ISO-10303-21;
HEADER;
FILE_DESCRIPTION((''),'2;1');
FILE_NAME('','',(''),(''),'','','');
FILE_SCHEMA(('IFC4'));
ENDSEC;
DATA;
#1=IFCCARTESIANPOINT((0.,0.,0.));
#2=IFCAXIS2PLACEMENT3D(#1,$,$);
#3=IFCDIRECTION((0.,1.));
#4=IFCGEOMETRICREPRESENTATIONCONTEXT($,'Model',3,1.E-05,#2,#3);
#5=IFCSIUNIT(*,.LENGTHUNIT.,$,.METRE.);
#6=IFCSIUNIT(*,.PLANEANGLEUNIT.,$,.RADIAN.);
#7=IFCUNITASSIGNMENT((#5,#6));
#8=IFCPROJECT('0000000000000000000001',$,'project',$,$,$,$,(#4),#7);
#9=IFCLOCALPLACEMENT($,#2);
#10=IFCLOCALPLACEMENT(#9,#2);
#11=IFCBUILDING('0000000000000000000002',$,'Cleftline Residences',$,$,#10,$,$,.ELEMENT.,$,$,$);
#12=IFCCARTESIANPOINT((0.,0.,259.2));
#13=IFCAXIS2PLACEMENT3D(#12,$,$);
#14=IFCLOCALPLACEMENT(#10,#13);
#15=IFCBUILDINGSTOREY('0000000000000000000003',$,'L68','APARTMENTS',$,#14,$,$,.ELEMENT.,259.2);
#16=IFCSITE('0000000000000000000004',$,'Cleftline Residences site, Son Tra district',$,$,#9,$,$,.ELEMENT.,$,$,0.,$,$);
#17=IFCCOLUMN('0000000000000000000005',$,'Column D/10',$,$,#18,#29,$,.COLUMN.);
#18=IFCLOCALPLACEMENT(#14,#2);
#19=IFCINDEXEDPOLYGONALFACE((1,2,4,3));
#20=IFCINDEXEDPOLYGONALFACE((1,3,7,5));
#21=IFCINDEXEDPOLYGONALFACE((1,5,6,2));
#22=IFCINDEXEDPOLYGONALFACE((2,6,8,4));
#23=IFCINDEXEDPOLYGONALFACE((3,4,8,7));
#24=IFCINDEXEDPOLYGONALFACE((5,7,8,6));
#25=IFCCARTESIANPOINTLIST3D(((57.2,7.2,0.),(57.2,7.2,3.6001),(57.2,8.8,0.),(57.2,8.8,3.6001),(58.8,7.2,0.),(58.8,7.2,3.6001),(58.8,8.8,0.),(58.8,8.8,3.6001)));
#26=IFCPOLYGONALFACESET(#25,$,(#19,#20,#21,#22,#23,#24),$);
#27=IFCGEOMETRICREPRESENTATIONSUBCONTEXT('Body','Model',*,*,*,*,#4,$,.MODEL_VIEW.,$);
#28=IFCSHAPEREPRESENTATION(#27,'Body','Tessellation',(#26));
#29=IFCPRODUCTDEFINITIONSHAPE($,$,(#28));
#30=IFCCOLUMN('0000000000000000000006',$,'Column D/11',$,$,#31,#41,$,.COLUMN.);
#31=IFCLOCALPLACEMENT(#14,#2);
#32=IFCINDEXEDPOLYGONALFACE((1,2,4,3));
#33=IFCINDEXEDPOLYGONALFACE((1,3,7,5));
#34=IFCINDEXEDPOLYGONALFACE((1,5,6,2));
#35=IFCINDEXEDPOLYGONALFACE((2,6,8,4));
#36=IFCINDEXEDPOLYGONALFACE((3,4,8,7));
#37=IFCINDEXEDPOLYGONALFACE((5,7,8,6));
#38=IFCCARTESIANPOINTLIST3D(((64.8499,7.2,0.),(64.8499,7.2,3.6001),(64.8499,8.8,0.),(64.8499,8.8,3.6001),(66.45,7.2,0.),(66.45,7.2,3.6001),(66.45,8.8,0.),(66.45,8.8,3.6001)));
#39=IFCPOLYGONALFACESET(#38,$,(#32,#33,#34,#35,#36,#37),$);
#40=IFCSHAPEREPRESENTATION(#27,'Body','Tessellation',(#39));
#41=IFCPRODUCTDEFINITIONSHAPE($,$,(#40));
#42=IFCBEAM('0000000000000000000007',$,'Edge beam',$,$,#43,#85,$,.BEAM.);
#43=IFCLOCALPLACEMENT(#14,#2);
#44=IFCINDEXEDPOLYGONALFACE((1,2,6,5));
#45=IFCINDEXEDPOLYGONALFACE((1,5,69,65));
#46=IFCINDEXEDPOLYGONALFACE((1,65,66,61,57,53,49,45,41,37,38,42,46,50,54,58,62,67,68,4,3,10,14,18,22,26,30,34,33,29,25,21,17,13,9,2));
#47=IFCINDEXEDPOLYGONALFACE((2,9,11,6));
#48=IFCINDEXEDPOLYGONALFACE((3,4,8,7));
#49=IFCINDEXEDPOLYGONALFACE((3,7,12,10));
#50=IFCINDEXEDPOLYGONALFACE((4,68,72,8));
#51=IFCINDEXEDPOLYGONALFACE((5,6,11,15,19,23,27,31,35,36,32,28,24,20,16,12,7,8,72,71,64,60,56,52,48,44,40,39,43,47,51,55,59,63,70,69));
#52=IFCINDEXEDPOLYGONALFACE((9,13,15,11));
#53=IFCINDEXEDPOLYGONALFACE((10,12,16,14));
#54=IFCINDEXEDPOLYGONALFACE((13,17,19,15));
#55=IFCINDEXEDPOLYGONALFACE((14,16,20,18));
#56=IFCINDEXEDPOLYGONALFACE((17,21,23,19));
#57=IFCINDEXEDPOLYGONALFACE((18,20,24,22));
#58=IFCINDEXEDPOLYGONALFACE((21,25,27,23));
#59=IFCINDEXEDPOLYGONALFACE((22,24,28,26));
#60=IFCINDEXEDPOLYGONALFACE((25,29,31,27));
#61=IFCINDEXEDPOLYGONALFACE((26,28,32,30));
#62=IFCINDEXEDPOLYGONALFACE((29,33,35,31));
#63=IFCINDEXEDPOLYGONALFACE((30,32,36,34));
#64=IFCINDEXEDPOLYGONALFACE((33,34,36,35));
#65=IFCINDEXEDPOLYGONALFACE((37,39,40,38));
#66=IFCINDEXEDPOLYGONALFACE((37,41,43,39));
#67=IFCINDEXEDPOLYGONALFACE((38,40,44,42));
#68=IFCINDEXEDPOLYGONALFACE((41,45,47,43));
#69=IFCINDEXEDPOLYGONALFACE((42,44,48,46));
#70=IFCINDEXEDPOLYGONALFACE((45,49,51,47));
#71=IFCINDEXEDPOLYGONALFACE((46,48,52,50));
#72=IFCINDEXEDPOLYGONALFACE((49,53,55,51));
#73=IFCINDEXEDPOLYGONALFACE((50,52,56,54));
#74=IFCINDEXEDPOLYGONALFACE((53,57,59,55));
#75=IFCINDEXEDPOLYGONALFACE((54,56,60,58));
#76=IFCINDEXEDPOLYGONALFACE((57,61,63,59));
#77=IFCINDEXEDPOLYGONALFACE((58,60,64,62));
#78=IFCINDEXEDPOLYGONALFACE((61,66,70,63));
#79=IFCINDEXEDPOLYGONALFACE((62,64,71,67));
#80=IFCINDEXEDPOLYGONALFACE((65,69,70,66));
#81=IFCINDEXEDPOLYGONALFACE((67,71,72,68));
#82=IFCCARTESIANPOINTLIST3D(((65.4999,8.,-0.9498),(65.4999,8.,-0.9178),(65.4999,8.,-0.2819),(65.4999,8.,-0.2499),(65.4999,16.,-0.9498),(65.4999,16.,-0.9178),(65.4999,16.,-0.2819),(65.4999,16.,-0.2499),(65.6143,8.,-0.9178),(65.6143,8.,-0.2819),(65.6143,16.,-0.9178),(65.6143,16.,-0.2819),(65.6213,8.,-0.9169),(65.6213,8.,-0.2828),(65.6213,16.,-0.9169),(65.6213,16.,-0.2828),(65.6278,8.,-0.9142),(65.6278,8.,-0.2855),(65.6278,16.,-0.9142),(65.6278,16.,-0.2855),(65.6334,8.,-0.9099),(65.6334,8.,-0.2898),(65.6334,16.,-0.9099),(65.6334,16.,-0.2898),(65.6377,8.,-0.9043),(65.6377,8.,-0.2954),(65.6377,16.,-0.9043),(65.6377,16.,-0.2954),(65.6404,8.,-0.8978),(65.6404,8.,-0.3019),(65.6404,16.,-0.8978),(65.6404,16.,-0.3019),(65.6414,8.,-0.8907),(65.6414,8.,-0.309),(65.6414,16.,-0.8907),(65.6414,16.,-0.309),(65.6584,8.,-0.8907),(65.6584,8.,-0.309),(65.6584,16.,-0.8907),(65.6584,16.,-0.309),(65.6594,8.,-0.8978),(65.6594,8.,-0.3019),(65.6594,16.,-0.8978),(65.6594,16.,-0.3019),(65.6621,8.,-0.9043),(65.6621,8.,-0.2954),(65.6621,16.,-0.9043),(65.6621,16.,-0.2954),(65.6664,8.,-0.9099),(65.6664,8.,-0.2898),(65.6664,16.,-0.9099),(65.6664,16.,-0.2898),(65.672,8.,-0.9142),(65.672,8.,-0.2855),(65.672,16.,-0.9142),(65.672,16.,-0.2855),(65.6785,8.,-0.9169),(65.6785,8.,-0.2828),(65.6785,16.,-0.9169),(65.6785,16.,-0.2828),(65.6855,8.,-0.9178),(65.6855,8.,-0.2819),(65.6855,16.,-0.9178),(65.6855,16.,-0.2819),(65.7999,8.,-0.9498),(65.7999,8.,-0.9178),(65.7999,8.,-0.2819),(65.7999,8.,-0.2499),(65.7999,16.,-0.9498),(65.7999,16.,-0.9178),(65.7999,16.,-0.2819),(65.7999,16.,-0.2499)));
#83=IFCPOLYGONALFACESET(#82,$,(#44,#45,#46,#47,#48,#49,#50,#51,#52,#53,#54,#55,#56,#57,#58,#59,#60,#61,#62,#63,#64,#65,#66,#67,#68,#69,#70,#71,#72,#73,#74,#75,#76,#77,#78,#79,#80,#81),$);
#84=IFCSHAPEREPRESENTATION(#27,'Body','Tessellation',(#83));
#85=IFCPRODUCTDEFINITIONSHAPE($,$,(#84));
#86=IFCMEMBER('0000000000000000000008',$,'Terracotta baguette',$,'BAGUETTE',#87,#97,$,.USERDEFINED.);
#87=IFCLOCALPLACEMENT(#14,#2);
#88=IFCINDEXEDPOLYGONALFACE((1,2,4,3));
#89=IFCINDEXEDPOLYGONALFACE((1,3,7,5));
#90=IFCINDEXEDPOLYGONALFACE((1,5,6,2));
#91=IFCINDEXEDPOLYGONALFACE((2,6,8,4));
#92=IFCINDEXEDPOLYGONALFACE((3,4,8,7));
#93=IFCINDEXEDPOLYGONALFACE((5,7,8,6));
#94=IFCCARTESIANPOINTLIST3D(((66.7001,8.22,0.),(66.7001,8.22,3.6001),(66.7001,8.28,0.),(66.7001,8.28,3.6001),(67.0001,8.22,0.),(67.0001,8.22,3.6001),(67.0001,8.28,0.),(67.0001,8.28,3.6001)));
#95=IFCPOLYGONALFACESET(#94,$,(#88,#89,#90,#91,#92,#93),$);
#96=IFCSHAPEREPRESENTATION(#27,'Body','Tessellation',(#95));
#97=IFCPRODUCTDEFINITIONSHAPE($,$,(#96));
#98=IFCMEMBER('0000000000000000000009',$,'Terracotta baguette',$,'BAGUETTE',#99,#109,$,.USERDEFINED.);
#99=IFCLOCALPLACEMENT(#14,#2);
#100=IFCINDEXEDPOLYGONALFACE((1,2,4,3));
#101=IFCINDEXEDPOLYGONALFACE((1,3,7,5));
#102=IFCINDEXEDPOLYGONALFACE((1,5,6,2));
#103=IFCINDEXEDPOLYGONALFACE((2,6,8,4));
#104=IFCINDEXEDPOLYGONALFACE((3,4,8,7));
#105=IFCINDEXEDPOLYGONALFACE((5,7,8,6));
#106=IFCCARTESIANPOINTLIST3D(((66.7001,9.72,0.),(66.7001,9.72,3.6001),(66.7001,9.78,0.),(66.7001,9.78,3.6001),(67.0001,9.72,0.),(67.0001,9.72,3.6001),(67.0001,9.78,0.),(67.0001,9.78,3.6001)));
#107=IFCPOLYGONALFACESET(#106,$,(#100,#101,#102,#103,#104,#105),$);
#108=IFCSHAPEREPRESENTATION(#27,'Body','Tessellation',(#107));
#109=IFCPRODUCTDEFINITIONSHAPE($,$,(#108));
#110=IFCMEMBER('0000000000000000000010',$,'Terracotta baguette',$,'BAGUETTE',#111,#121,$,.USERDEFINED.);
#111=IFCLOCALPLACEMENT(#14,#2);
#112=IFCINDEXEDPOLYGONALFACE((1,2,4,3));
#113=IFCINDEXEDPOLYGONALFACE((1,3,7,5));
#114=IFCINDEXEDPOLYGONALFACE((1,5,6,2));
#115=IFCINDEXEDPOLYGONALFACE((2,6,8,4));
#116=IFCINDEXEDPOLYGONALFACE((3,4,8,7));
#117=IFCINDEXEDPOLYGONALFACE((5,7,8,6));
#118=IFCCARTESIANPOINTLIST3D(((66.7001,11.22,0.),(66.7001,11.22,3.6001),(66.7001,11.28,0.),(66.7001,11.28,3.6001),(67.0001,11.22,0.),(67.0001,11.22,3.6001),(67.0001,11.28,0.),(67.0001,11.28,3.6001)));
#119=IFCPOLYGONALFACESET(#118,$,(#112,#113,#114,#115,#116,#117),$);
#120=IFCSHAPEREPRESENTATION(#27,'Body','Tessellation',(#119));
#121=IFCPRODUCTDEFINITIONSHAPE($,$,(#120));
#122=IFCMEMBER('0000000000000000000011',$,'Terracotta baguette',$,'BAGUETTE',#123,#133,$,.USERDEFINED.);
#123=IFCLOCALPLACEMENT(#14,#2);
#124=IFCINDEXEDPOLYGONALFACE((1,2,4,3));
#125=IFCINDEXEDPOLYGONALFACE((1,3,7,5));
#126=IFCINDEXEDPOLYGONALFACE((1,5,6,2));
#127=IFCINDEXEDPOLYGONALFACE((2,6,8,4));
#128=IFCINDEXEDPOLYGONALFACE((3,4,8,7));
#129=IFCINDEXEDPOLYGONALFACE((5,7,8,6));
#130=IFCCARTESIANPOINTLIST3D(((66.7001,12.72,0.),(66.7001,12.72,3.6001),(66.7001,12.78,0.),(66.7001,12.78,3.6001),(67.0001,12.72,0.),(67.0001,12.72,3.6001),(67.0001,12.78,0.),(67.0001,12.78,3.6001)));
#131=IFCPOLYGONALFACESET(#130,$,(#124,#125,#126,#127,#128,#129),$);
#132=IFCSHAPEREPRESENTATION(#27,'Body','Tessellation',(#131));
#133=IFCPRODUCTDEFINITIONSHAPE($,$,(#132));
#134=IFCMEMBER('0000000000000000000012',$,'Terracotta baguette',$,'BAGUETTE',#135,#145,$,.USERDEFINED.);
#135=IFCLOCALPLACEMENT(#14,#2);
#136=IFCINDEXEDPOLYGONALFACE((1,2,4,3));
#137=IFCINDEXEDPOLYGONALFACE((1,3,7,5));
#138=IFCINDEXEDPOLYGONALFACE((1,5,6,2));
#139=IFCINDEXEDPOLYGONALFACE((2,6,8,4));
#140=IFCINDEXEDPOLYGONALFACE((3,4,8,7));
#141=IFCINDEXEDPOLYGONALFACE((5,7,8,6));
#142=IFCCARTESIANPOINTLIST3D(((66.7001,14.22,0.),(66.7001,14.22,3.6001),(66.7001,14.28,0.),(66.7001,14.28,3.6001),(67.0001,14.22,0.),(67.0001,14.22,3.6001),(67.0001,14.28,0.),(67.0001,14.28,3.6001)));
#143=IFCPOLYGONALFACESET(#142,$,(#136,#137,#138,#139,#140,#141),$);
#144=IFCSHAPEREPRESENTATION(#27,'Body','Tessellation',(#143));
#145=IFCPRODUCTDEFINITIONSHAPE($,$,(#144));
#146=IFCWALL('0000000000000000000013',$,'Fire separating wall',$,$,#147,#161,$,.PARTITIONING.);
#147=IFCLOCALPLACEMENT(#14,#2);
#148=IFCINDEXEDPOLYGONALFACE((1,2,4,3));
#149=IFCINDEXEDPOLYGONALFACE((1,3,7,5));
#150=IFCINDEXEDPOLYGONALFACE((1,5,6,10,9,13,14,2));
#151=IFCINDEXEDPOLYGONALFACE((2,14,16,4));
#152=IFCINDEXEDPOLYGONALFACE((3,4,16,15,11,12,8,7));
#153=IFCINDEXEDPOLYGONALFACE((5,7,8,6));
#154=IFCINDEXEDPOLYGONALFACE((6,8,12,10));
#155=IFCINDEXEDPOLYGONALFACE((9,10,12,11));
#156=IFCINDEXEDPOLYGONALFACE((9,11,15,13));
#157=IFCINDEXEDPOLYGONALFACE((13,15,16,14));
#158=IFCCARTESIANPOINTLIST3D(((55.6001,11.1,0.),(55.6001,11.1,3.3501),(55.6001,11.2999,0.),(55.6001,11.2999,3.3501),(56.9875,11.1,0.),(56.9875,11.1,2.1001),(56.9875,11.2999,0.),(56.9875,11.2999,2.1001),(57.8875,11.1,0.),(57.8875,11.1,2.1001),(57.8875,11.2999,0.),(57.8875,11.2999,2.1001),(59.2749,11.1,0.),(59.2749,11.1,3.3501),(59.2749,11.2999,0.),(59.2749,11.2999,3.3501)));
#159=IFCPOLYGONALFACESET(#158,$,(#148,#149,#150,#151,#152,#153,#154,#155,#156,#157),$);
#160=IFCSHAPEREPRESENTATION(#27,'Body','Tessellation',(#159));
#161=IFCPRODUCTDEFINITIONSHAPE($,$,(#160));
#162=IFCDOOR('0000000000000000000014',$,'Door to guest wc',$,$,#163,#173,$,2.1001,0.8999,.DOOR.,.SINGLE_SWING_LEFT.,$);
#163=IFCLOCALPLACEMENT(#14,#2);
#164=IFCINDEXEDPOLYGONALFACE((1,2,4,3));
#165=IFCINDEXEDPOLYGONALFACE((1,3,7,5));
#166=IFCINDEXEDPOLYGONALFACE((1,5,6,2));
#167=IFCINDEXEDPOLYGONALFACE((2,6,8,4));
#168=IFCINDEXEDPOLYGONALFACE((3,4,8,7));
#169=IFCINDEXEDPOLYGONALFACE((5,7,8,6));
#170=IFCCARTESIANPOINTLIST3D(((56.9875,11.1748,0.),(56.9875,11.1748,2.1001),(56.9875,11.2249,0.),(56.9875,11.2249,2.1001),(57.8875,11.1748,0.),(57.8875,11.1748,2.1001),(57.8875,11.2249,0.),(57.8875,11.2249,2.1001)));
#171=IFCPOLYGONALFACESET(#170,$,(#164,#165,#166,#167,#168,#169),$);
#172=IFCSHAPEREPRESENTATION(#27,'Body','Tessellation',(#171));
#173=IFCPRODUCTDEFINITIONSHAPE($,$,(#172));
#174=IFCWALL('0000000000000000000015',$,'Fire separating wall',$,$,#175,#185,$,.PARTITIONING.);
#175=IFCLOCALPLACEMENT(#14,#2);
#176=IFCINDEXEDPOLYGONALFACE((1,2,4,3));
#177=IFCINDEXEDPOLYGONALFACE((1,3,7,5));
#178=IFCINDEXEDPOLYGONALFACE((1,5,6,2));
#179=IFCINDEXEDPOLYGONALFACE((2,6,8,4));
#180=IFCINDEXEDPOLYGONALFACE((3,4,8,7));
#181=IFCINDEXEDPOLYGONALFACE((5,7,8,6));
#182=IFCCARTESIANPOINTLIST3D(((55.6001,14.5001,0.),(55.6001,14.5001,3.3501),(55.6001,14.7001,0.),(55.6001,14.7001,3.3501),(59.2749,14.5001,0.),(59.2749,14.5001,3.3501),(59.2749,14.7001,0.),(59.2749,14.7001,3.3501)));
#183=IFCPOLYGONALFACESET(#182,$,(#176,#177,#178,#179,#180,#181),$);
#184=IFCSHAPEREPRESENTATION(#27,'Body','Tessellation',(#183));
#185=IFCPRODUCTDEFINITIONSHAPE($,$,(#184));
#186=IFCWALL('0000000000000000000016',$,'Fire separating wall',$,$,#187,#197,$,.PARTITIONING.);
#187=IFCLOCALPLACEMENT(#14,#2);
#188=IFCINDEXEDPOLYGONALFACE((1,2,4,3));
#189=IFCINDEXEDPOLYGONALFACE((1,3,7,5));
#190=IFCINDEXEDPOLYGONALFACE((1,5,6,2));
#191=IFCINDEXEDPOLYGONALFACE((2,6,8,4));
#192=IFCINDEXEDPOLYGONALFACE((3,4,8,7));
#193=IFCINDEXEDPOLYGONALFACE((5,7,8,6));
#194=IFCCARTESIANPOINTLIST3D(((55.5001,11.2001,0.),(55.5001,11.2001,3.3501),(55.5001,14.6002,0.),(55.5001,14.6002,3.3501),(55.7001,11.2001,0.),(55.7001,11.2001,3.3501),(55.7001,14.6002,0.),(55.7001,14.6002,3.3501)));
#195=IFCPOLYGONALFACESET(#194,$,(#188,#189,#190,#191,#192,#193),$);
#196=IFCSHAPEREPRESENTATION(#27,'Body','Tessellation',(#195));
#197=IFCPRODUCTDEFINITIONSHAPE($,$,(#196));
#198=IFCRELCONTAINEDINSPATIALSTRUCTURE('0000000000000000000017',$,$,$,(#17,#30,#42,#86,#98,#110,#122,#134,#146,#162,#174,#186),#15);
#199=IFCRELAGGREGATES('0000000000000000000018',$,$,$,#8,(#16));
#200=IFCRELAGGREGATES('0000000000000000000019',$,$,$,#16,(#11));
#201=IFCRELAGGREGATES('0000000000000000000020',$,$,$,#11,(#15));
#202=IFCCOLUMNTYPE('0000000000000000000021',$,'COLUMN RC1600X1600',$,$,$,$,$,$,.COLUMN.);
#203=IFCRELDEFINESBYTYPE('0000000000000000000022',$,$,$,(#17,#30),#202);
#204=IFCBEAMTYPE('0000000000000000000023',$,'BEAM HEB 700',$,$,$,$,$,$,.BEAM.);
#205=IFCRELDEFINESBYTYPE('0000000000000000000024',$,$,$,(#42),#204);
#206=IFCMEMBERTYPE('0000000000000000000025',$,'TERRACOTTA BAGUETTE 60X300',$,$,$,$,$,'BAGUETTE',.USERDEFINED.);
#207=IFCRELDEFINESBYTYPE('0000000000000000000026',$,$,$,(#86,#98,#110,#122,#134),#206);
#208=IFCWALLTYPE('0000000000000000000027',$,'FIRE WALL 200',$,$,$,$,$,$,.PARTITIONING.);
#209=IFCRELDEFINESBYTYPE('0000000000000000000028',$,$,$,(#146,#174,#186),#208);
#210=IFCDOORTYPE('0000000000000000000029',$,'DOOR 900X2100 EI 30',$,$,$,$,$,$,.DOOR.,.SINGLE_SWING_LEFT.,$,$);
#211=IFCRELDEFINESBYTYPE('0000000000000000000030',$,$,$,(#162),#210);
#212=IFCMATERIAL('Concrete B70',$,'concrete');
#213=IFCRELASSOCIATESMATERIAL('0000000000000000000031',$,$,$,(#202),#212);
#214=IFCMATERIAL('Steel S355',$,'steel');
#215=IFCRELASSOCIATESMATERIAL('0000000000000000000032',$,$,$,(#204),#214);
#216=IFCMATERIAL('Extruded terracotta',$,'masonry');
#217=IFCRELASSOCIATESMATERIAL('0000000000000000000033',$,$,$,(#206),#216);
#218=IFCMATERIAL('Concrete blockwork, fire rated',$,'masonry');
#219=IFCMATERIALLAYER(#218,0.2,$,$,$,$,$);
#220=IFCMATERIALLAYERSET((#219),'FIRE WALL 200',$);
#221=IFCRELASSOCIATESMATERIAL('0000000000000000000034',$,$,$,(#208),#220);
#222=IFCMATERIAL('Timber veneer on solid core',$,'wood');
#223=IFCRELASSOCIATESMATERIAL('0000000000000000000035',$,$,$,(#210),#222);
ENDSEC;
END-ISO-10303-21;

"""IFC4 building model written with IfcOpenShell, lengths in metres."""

from ifc_helpers import new_model, si_unit, direction, frame, frame_2d, origin, origin_2d, place, context, subcontext, project, spatial, rectangle, i_section, extrude, material, layer, layer_set, material_profile, profile_set, type_object, element, fill, save


model = new_model("IFC4")

# Units and contexts
model_context = context("Model", 3, precision=1e-05, world=origin(), true_north=direction((0.0, 1.0)))
body_context = subcontext(model_context, "Body", "Model", "MODEL_VIEW")
ifc_project = project(units=[si_unit("LENGTHUNIT", "METRE"), si_unit("PLANEANGLEUNIT", "RADIAN")], contexts=[model_context])

# Site, building, storey
site_placement = place(None, origin())
site = spatial("IfcSite", under=ifc_project, at=site_placement, Name="Cleftline Residences site, Son Tra district", CompositionType="ELEMENT", RefElevation=0.0)
building_placement = place(site_placement, origin())
building = spatial("IfcBuilding", under=site, at=building_placement, Name="Cleftline Residences", CompositionType="ELEMENT")
storey_placement = place(building_placement, frame((0.0, 0.0, 259.2)))
storey = spatial("IfcBuildingStorey", under=building, at=storey_placement, Name="L68", Description="APARTMENTS", CompositionType="ELEMENT", Elevation=259.2)

# Columns
ifc_material_1 = material(Name="Concrete B70", Category="concrete")
ifc_material_profile_1 = material_profile(ifc_material_1, rectangle(XDim=1.6001, YDim=1.6001, at=origin_2d()))
ifc_profile_set_1 = profile_set([ifc_material_profile_1], Name="Concrete B70")
column_type = type_object("IfcColumnType", Name="COLUMN RC1600X1600", PredefinedType="COLUMN", material=ifc_profile_set_1)
for number, where, z_axis, x_axis, name in (
    (1, (58.0, 8.0, 0.0), (0.0, 0.0, 1.0), (1.0, 0.0, 0.0), "Column D/10"),
    (2, (65.6499, 8.0, 0.0), (0.0, 0.0, 1.0), (1.0, 0.0, 0.0), "Column D/11"),
):
    element("IfcColumn", number, at=place(storey_placement, frame(where, z_axis=z_axis, x_axis=x_axis)), inside=storey, type_object=column_type, Name=name, PredefinedType="COLUMN", context=body_context, shape_type="SweptSolid", body=[
        extrude(rectangle(XDim=1.6001, YDim=1.6001, at=origin_2d()), origin(), (0.0, 0.0, 1.0), 3.6001),
    ])

# Beam
ifc_material_2 = material(Name="Steel S355", Category="steel")
ifc_material_profile_2 = material_profile(ifc_material_2, i_section(OverallWidth=0.3, OverallDepth=0.7, WebThickness=0.0171, FlangeThickness=0.032, FilletRadius=0.0271, at=origin_2d()))
ifc_profile_set_2 = profile_set([ifc_material_profile_2], Name="Steel S355")
beam_type = type_object("IfcBeamType", Name="BEAM HEB 700", PredefinedType="BEAM", material=ifc_profile_set_2)
beam_placement = place(storey_placement, frame((65.6499, 8.0, -0.5999), z_axis=(0.0, 1.0, 0.0), x_axis=(-1.0, 0.0, 0.0)))
element("IfcBeam", 3, at=beam_placement, inside=storey, type_object=beam_type, Name="Edge beam", PredefinedType="BEAM", context=body_context, shape_type="SweptSolid", body=[
    extrude(i_section(OverallWidth=0.3, OverallDepth=0.7, WebThickness=0.0171, FlangeThickness=0.032, FilletRadius=0.0271, at=origin_2d()), origin(), (0.0, 0.0, 1.0), 8.0),
])

# Members
ifc_material_3 = material(Name="Extruded terracotta", Category="masonry")
ifc_material_profile_3 = material_profile(ifc_material_3, rectangle(XDim=0.0601, YDim=0.3, at=origin_2d()))
ifc_profile_set_3 = profile_set([ifc_material_profile_3], Name="Extruded terracotta")
member_type = type_object("IfcMemberType", Name="TERRACOTTA BAGUETTE 60X300", ElementType="BAGUETTE", PredefinedType="USERDEFINED", material=ifc_profile_set_3)
for number, where, z_axis, x_axis, name in (
    (4, (66.8501, 8.25, 0.0), (0.0, 0.0, 1.0), (0.0, 1.0, 0.0), "Terracotta baguette"),
    (5, (66.8501, 9.75, 0.0), (0.0, 0.0, 1.0), (0.0, 1.0, 0.0), "Terracotta baguette"),
    (6, (66.8501, 11.25, 0.0), (0.0, 0.0, 1.0), (0.0, 1.0, 0.0), "Terracotta baguette"),
    (7, (66.8501, 12.75, 0.0), (0.0, 0.0, 1.0), (0.0, 1.0, 0.0), "Terracotta baguette"),
    (8, (66.8501, 14.25, 0.0), (0.0, 0.0, 1.0), (0.0, 1.0, 0.0), "Terracotta baguette"),
):
    element("IfcMember", number, at=place(storey_placement, frame(where, z_axis=z_axis, x_axis=x_axis)), inside=storey, type_object=member_type, Name=name, ObjectType="BAGUETTE", PredefinedType="USERDEFINED", context=body_context, shape_type="SweptSolid", body=[
        extrude(rectangle(XDim=0.0601, YDim=0.3, at=origin_2d()), origin(), (0.0, 0.0, 1.0), 3.6001),
    ])

# Wall, opening, door
ifc_material_4 = material(Name="Concrete blockwork, fire rated", Category="masonry")
ifc_layer_1 = layer(ifc_material_4, 0.2)
ifc_layer_set_1 = layer_set([ifc_layer_1], Name="FIRE WALL 200")
wall_type_1 = type_object("IfcWallType", Name="FIRE WALL 200", PredefinedType="PARTITIONING", material=ifc_layer_set_1)
wall_1_placement = place(storey_placement, frame((55.6001, 11.2, 0.0), z_axis=(0.0, 0.0, 1.0), x_axis=(1.0, 0.0, 0.0)))
wall_1 = element("IfcWall", 9, at=wall_1_placement, inside=storey, type_object=wall_type_1, Name="Fire separating wall", PredefinedType="PARTITIONING", context=body_context, shape_type="SweptSolid", body=[
    extrude(rectangle(XDim=3.6748, YDim=0.2, at=frame_2d((1.8374, 0.0))), origin(), (0.0, 0.0, 1.0), 3.3501),
])
opening_1_placement = place(wall_1_placement, frame((1.3875, 0.0, 0.0)))
opening_1 = element("IfcOpeningElement", 10, at=opening_1_placement, cuts=wall_1, PredefinedType="OPENING", context=body_context, shape_type="SweptSolid", body=[
    extrude(rectangle(XDim=0.8999, YDim=2.1001, at=frame_2d((0.45, 1.05))), frame((0.0, 0.1099, 0.0), z_axis=(0.0, -1.0, 0.0), x_axis=(1.0, 0.0, 0.0)), (0.0, 0.0, 1.0), 0.22),
])
ifc_material_5 = material(Name="Timber veneer on solid core", Category="wood")
door_type_1 = type_object("IfcDoorType", Name="DOOR 900X2100 EI 30", OperationType="SINGLE_SWING_LEFT", PredefinedType="DOOR", material=ifc_material_5)
door_1_placement = place(opening_1_placement, origin())
door_1 = element("IfcDoor", 11, at=door_1_placement, inside=storey, type_object=door_type_1, Name="Door to guest wc", OperationType="SINGLE_SWING_LEFT", OverallHeight=2.1001, OverallWidth=0.8999, PredefinedType="DOOR", context=body_context, shape_type="SweptSolid", body=[
    extrude(rectangle(XDim=0.8999, YDim=2.1001, at=frame_2d((0.45, 1.05))), frame((0.0, 0.0249, 0.0), z_axis=(0.0, -1.0, 0.0), x_axis=(1.0, 0.0, 0.0)), (0.0, 0.0, 1.0), 0.05),
])
fill(opening_1, door_1)

# Walls
wall_2_placement = place(storey_placement, frame((55.6001, 14.6001, 0.0), z_axis=(0.0, 0.0, 1.0), x_axis=(1.0, 0.0, 0.0)))
element("IfcWall", 12, at=wall_2_placement, inside=storey, type_object=wall_type_1, Name="Fire separating wall", PredefinedType="PARTITIONING", context=body_context, shape_type="SweptSolid", body=[
    extrude(rectangle(XDim=3.6748, YDim=0.2, at=frame_2d((1.8374, 0.0))), origin(), (0.0, 0.0, 1.0), 3.3501),
])
for number, where, z_axis, x_axis, name in (
    (13, (55.6001, 11.2, 0.0), (0.0, 0.0, 1.0), (0.0, 1.0, 0.0), "Fire separating wall"),
):
    element("IfcWall", number, at=place(storey_placement, frame(where, z_axis=z_axis, x_axis=x_axis)), inside=storey, type_object=wall_type_1, Name=name, PredefinedType="PARTITIONING", context=body_context, shape_type="SweptSolid", body=[
        extrude(rectangle(XDim=3.4001, YDim=0.2, at=frame_2d((1.7002, 0.0))), origin(), (0.0, 0.0, 1.0), 3.3501),
    ])

save(model, "model.ifc")
